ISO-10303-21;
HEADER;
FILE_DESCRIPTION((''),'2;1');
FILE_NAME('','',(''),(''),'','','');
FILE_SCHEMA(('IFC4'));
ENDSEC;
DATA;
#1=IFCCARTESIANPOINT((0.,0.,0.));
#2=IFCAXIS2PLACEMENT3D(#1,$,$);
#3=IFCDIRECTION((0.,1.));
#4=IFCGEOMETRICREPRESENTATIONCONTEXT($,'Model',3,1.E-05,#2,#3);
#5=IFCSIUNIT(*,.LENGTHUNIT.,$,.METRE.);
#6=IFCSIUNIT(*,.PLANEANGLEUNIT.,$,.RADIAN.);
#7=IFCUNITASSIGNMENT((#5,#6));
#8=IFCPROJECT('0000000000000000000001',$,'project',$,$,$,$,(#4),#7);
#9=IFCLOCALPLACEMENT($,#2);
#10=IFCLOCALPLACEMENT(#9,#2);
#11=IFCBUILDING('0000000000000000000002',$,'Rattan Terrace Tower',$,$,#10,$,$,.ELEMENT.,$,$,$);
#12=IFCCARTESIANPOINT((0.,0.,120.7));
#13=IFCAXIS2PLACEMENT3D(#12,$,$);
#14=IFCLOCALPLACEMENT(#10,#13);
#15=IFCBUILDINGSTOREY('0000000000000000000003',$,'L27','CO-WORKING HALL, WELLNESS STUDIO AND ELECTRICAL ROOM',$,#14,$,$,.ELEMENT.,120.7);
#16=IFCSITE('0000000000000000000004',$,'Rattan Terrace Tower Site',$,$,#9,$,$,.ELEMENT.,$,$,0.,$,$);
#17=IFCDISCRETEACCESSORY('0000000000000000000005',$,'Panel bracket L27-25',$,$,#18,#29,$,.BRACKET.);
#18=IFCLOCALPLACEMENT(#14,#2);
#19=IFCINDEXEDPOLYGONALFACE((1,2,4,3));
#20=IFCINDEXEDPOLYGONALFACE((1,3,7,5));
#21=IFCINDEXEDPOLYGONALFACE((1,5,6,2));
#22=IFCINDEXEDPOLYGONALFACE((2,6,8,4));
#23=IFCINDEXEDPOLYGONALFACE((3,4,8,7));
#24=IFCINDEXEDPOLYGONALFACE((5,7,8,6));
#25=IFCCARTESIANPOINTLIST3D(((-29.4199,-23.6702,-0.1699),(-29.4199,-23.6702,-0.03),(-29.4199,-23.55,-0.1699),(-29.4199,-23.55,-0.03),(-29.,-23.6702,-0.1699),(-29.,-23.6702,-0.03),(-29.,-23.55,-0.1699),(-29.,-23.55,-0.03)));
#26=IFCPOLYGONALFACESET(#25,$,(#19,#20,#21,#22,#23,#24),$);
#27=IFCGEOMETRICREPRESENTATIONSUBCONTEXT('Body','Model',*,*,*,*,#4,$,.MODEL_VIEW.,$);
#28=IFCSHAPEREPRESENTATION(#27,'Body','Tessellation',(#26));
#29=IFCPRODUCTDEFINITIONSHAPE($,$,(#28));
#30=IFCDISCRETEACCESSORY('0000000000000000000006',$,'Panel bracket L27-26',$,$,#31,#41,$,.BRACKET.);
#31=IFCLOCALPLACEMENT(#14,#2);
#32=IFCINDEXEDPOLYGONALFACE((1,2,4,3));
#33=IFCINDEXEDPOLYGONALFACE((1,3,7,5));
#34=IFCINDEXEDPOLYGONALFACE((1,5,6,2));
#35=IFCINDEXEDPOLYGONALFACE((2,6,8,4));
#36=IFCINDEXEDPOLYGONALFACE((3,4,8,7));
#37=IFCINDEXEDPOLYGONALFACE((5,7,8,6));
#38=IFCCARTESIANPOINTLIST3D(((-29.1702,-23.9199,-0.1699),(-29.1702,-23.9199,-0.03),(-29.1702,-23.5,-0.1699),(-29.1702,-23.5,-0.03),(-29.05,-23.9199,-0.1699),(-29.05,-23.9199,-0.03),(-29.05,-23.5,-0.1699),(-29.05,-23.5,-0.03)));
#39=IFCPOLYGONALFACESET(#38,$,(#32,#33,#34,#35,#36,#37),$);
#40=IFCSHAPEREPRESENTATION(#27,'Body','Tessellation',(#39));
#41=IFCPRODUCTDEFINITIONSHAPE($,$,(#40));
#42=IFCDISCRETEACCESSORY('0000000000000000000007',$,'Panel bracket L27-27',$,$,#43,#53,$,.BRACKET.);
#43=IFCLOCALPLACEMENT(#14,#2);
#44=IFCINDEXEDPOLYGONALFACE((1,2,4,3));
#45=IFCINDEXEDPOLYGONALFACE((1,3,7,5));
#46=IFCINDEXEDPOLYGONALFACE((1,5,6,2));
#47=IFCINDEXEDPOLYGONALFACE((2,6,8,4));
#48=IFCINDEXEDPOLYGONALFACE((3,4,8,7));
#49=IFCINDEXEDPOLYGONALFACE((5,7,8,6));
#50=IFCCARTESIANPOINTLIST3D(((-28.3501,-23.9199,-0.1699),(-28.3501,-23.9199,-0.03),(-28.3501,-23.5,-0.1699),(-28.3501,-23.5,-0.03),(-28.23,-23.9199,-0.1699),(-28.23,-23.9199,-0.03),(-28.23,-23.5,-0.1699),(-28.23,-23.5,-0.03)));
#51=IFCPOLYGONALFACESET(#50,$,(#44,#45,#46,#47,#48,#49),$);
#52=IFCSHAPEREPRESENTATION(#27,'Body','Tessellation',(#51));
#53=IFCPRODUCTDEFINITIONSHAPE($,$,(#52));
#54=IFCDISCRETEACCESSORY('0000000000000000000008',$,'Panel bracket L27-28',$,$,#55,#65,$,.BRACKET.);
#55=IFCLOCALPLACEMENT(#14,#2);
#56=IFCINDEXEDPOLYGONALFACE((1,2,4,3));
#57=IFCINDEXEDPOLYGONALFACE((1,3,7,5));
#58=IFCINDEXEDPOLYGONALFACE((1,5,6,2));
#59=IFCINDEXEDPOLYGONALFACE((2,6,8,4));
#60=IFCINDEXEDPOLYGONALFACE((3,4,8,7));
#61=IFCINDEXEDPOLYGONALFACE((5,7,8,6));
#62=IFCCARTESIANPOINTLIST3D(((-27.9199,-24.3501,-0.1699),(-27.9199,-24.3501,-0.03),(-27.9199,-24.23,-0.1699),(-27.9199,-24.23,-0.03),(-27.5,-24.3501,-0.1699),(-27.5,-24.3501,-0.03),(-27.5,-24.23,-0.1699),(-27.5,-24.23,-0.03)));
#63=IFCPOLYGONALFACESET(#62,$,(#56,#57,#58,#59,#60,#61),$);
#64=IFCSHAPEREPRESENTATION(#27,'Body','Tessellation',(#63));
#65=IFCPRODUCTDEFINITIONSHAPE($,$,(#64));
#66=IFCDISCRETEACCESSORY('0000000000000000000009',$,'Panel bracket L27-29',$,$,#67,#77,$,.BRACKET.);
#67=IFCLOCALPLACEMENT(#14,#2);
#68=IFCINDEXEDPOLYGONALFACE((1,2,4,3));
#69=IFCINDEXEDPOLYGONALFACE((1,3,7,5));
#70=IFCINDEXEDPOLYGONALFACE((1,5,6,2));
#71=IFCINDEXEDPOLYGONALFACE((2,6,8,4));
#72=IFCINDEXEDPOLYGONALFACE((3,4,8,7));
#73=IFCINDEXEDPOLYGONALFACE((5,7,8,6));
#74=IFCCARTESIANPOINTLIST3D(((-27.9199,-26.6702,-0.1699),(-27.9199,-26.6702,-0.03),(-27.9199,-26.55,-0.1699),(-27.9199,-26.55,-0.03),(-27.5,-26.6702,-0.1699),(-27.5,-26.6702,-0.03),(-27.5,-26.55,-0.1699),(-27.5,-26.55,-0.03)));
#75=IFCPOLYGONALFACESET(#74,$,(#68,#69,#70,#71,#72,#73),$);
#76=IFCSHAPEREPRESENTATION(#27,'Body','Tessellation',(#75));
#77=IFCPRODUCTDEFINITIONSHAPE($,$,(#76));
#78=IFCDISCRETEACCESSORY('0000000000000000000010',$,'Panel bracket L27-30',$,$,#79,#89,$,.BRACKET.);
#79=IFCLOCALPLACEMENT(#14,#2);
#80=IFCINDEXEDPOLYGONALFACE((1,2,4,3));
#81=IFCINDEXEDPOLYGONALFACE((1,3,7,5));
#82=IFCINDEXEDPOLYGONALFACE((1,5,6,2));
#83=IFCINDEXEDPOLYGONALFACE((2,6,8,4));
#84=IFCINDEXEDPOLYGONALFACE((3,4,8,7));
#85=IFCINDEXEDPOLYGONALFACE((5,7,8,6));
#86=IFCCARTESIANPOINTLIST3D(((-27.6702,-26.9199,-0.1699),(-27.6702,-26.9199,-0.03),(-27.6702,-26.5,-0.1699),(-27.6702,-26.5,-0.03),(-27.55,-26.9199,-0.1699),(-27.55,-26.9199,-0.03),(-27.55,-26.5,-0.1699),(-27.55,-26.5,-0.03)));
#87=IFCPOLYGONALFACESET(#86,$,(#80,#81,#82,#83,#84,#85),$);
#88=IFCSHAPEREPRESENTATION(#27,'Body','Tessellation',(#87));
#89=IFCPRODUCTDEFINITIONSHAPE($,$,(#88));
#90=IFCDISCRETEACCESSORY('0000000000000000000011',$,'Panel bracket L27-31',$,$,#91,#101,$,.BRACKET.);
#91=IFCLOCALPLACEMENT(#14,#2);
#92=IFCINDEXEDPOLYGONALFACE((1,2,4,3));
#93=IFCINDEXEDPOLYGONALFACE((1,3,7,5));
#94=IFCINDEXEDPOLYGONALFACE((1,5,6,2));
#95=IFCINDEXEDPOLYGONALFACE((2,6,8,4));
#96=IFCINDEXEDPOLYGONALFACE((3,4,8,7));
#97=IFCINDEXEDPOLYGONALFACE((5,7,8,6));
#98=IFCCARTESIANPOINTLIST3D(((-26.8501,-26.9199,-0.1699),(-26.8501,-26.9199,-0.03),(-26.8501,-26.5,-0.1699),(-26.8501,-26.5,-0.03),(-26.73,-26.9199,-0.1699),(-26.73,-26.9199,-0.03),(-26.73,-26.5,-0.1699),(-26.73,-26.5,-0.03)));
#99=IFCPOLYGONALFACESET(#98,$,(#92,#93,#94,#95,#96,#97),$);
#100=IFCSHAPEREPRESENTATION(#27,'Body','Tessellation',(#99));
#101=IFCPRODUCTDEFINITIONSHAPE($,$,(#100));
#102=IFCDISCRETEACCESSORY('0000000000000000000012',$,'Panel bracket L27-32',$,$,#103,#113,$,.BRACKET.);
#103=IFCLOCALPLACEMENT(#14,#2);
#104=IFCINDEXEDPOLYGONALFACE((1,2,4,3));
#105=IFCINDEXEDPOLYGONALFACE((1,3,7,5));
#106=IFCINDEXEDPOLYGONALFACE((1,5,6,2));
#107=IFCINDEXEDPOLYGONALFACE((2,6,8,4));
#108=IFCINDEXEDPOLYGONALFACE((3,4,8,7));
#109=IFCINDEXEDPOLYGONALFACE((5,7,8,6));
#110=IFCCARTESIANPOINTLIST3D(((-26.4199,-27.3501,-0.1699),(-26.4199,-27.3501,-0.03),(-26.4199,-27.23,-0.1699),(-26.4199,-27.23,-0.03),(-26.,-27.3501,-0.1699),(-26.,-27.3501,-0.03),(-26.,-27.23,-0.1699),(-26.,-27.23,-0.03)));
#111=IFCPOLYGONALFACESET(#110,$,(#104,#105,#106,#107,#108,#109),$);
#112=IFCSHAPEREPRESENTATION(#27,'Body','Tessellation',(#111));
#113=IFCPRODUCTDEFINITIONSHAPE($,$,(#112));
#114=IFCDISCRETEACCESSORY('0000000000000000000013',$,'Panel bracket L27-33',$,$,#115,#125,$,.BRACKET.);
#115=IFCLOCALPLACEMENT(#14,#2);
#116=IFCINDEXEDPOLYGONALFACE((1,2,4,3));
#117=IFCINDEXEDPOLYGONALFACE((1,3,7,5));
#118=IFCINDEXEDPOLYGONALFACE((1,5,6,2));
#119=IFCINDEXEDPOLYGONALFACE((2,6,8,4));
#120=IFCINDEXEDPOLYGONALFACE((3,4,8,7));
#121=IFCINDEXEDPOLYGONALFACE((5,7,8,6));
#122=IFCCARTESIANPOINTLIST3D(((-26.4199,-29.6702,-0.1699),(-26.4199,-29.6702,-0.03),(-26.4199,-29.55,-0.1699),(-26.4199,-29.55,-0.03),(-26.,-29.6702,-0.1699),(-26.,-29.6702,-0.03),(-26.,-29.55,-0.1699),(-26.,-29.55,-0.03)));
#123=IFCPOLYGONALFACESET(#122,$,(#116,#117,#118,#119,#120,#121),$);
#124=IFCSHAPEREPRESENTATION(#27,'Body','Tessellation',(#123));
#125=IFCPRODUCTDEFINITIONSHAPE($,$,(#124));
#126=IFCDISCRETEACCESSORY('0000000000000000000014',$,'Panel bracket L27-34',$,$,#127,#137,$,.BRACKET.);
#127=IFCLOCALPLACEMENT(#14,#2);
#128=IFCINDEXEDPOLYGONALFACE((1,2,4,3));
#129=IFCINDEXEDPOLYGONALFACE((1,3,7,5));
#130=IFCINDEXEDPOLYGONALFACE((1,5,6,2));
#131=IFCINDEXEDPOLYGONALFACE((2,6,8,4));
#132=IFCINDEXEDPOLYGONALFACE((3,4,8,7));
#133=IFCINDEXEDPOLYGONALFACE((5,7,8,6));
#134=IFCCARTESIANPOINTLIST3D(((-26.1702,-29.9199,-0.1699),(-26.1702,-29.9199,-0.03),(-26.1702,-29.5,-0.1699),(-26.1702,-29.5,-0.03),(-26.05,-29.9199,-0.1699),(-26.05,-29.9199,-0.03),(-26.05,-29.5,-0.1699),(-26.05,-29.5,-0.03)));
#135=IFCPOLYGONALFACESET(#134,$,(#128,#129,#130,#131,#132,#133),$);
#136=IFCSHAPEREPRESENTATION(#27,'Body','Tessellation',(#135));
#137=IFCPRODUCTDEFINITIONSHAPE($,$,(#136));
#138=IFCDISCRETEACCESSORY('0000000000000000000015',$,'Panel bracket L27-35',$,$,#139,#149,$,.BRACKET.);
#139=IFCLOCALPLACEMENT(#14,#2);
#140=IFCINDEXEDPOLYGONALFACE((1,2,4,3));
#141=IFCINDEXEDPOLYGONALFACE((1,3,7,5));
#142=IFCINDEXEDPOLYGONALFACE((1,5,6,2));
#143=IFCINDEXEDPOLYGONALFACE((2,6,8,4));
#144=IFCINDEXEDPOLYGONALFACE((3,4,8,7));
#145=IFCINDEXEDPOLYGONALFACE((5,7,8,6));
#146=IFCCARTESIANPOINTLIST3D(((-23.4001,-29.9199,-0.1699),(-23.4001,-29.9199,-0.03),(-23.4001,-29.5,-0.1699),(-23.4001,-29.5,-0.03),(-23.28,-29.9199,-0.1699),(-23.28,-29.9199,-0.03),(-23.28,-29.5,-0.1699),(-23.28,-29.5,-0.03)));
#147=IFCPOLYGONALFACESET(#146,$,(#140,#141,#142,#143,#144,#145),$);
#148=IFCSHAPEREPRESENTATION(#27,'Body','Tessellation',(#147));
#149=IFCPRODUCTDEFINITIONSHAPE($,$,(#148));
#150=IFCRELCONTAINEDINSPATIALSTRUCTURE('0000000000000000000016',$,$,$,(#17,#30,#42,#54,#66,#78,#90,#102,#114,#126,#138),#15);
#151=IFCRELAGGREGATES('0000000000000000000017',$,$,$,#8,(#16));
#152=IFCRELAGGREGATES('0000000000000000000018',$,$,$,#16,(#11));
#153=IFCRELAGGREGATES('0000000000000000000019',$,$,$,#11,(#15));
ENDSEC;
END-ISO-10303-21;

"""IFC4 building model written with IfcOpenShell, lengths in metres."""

from ifc_helpers import new_model, si_unit, direction, frame, origin, origin_2d, place, context, subcontext, project, spatial, rectangle, extrude, element, save


model = new_model("IFC4")

# Units and contexts
model_context = context("Model", 3, precision=1e-05, world=origin(), true_north=direction((0.0, 1.0)))
body_context = subcontext(model_context, "Body", "Model", "MODEL_VIEW")
ifc_project = project(units=[si_unit("LENGTHUNIT", "METRE"), si_unit("PLANEANGLEUNIT", "RADIAN")], contexts=[model_context])

# Site, building, storey
site_placement = place(None, origin())
site = spatial("IfcSite", under=ifc_project, at=site_placement, Name="Rattan Terrace Tower Site", CompositionType="ELEMENT", RefElevation=0.0)
building_placement = place(site_placement, origin())
building = spatial("IfcBuilding", under=site, at=building_placement, Name="Rattan Terrace Tower", CompositionType="ELEMENT")
storey_placement = place(building_placement, frame((0.0, 0.0, 120.7)))
storey = spatial("IfcBuildingStorey", under=building, at=storey_placement, Name="L27", Description="CO-WORKING HALL, WELLNESS STUDIO AND ELECTRICAL ROOM", CompositionType="ELEMENT", Elevation=120.7)

# Discrete accessories
for number, where, z_axis, x_axis, name in (
    (1, (-29.21, -23.6101, -0.1699), (0.0, 0.0, 1.0), (0.0, -1.0, 0.0), "Panel bracket L27-25"),
    (2, (-29.1101, -23.71, -0.1699), (0.0, 0.0, 1.0), (1.0, 0.0, 0.0), "Panel bracket L27-26"),
    (3, (-28.29, -23.71, -0.1699), (0.0, 0.0, 1.0), (1.0, 0.0, 0.0), "Panel bracket L27-27"),
    (4, (-27.71, -24.29, -0.1699), (0.0, 0.0, 1.0), (0.0, -1.0, 0.0), "Panel bracket L27-28"),
    (5, (-27.71, -26.6101, -0.1699), (0.0, 0.0, 1.0), (0.0, -1.0, 0.0), "Panel bracket L27-29"),
    (6, (-27.6101, -26.71, -0.1699), (0.0, 0.0, 1.0), (1.0, 0.0, 0.0), "Panel bracket L27-30"),
    (7, (-26.79, -26.71, -0.1699), (0.0, 0.0, 1.0), (1.0, 0.0, 0.0), "Panel bracket L27-31"),
    (8, (-26.21, -27.29, -0.1699), (0.0, 0.0, 1.0), (0.0, -1.0, 0.0), "Panel bracket L27-32"),
    (9, (-26.21, -29.6101, -0.1699), (0.0, 0.0, 1.0), (0.0, -1.0, 0.0), "Panel bracket L27-33"),
    (10, (-26.1101, -29.71, -0.1699), (0.0, 0.0, 1.0), (1.0, 0.0, 0.0), "Panel bracket L27-34"),
    (11, (-23.3401, -29.71, -0.1699), (0.0, 0.0, 1.0), (1.0, 0.0, 0.0), "Panel bracket L27-35"),
):
    element("IfcDiscreteAccessory", number, at=place(storey_placement, frame(where, z_axis=z_axis, x_axis=x_axis)), inside=storey, Name=name, PredefinedType="BRACKET", context=body_context, shape_type="SweptSolid", body=[
        extrude(rectangle(XDim=0.1201, YDim=0.4199, at=origin_2d()), origin(), (0.0, 0.0, 1.0), 0.1399),
    ])

save(model, "model.ifc")
